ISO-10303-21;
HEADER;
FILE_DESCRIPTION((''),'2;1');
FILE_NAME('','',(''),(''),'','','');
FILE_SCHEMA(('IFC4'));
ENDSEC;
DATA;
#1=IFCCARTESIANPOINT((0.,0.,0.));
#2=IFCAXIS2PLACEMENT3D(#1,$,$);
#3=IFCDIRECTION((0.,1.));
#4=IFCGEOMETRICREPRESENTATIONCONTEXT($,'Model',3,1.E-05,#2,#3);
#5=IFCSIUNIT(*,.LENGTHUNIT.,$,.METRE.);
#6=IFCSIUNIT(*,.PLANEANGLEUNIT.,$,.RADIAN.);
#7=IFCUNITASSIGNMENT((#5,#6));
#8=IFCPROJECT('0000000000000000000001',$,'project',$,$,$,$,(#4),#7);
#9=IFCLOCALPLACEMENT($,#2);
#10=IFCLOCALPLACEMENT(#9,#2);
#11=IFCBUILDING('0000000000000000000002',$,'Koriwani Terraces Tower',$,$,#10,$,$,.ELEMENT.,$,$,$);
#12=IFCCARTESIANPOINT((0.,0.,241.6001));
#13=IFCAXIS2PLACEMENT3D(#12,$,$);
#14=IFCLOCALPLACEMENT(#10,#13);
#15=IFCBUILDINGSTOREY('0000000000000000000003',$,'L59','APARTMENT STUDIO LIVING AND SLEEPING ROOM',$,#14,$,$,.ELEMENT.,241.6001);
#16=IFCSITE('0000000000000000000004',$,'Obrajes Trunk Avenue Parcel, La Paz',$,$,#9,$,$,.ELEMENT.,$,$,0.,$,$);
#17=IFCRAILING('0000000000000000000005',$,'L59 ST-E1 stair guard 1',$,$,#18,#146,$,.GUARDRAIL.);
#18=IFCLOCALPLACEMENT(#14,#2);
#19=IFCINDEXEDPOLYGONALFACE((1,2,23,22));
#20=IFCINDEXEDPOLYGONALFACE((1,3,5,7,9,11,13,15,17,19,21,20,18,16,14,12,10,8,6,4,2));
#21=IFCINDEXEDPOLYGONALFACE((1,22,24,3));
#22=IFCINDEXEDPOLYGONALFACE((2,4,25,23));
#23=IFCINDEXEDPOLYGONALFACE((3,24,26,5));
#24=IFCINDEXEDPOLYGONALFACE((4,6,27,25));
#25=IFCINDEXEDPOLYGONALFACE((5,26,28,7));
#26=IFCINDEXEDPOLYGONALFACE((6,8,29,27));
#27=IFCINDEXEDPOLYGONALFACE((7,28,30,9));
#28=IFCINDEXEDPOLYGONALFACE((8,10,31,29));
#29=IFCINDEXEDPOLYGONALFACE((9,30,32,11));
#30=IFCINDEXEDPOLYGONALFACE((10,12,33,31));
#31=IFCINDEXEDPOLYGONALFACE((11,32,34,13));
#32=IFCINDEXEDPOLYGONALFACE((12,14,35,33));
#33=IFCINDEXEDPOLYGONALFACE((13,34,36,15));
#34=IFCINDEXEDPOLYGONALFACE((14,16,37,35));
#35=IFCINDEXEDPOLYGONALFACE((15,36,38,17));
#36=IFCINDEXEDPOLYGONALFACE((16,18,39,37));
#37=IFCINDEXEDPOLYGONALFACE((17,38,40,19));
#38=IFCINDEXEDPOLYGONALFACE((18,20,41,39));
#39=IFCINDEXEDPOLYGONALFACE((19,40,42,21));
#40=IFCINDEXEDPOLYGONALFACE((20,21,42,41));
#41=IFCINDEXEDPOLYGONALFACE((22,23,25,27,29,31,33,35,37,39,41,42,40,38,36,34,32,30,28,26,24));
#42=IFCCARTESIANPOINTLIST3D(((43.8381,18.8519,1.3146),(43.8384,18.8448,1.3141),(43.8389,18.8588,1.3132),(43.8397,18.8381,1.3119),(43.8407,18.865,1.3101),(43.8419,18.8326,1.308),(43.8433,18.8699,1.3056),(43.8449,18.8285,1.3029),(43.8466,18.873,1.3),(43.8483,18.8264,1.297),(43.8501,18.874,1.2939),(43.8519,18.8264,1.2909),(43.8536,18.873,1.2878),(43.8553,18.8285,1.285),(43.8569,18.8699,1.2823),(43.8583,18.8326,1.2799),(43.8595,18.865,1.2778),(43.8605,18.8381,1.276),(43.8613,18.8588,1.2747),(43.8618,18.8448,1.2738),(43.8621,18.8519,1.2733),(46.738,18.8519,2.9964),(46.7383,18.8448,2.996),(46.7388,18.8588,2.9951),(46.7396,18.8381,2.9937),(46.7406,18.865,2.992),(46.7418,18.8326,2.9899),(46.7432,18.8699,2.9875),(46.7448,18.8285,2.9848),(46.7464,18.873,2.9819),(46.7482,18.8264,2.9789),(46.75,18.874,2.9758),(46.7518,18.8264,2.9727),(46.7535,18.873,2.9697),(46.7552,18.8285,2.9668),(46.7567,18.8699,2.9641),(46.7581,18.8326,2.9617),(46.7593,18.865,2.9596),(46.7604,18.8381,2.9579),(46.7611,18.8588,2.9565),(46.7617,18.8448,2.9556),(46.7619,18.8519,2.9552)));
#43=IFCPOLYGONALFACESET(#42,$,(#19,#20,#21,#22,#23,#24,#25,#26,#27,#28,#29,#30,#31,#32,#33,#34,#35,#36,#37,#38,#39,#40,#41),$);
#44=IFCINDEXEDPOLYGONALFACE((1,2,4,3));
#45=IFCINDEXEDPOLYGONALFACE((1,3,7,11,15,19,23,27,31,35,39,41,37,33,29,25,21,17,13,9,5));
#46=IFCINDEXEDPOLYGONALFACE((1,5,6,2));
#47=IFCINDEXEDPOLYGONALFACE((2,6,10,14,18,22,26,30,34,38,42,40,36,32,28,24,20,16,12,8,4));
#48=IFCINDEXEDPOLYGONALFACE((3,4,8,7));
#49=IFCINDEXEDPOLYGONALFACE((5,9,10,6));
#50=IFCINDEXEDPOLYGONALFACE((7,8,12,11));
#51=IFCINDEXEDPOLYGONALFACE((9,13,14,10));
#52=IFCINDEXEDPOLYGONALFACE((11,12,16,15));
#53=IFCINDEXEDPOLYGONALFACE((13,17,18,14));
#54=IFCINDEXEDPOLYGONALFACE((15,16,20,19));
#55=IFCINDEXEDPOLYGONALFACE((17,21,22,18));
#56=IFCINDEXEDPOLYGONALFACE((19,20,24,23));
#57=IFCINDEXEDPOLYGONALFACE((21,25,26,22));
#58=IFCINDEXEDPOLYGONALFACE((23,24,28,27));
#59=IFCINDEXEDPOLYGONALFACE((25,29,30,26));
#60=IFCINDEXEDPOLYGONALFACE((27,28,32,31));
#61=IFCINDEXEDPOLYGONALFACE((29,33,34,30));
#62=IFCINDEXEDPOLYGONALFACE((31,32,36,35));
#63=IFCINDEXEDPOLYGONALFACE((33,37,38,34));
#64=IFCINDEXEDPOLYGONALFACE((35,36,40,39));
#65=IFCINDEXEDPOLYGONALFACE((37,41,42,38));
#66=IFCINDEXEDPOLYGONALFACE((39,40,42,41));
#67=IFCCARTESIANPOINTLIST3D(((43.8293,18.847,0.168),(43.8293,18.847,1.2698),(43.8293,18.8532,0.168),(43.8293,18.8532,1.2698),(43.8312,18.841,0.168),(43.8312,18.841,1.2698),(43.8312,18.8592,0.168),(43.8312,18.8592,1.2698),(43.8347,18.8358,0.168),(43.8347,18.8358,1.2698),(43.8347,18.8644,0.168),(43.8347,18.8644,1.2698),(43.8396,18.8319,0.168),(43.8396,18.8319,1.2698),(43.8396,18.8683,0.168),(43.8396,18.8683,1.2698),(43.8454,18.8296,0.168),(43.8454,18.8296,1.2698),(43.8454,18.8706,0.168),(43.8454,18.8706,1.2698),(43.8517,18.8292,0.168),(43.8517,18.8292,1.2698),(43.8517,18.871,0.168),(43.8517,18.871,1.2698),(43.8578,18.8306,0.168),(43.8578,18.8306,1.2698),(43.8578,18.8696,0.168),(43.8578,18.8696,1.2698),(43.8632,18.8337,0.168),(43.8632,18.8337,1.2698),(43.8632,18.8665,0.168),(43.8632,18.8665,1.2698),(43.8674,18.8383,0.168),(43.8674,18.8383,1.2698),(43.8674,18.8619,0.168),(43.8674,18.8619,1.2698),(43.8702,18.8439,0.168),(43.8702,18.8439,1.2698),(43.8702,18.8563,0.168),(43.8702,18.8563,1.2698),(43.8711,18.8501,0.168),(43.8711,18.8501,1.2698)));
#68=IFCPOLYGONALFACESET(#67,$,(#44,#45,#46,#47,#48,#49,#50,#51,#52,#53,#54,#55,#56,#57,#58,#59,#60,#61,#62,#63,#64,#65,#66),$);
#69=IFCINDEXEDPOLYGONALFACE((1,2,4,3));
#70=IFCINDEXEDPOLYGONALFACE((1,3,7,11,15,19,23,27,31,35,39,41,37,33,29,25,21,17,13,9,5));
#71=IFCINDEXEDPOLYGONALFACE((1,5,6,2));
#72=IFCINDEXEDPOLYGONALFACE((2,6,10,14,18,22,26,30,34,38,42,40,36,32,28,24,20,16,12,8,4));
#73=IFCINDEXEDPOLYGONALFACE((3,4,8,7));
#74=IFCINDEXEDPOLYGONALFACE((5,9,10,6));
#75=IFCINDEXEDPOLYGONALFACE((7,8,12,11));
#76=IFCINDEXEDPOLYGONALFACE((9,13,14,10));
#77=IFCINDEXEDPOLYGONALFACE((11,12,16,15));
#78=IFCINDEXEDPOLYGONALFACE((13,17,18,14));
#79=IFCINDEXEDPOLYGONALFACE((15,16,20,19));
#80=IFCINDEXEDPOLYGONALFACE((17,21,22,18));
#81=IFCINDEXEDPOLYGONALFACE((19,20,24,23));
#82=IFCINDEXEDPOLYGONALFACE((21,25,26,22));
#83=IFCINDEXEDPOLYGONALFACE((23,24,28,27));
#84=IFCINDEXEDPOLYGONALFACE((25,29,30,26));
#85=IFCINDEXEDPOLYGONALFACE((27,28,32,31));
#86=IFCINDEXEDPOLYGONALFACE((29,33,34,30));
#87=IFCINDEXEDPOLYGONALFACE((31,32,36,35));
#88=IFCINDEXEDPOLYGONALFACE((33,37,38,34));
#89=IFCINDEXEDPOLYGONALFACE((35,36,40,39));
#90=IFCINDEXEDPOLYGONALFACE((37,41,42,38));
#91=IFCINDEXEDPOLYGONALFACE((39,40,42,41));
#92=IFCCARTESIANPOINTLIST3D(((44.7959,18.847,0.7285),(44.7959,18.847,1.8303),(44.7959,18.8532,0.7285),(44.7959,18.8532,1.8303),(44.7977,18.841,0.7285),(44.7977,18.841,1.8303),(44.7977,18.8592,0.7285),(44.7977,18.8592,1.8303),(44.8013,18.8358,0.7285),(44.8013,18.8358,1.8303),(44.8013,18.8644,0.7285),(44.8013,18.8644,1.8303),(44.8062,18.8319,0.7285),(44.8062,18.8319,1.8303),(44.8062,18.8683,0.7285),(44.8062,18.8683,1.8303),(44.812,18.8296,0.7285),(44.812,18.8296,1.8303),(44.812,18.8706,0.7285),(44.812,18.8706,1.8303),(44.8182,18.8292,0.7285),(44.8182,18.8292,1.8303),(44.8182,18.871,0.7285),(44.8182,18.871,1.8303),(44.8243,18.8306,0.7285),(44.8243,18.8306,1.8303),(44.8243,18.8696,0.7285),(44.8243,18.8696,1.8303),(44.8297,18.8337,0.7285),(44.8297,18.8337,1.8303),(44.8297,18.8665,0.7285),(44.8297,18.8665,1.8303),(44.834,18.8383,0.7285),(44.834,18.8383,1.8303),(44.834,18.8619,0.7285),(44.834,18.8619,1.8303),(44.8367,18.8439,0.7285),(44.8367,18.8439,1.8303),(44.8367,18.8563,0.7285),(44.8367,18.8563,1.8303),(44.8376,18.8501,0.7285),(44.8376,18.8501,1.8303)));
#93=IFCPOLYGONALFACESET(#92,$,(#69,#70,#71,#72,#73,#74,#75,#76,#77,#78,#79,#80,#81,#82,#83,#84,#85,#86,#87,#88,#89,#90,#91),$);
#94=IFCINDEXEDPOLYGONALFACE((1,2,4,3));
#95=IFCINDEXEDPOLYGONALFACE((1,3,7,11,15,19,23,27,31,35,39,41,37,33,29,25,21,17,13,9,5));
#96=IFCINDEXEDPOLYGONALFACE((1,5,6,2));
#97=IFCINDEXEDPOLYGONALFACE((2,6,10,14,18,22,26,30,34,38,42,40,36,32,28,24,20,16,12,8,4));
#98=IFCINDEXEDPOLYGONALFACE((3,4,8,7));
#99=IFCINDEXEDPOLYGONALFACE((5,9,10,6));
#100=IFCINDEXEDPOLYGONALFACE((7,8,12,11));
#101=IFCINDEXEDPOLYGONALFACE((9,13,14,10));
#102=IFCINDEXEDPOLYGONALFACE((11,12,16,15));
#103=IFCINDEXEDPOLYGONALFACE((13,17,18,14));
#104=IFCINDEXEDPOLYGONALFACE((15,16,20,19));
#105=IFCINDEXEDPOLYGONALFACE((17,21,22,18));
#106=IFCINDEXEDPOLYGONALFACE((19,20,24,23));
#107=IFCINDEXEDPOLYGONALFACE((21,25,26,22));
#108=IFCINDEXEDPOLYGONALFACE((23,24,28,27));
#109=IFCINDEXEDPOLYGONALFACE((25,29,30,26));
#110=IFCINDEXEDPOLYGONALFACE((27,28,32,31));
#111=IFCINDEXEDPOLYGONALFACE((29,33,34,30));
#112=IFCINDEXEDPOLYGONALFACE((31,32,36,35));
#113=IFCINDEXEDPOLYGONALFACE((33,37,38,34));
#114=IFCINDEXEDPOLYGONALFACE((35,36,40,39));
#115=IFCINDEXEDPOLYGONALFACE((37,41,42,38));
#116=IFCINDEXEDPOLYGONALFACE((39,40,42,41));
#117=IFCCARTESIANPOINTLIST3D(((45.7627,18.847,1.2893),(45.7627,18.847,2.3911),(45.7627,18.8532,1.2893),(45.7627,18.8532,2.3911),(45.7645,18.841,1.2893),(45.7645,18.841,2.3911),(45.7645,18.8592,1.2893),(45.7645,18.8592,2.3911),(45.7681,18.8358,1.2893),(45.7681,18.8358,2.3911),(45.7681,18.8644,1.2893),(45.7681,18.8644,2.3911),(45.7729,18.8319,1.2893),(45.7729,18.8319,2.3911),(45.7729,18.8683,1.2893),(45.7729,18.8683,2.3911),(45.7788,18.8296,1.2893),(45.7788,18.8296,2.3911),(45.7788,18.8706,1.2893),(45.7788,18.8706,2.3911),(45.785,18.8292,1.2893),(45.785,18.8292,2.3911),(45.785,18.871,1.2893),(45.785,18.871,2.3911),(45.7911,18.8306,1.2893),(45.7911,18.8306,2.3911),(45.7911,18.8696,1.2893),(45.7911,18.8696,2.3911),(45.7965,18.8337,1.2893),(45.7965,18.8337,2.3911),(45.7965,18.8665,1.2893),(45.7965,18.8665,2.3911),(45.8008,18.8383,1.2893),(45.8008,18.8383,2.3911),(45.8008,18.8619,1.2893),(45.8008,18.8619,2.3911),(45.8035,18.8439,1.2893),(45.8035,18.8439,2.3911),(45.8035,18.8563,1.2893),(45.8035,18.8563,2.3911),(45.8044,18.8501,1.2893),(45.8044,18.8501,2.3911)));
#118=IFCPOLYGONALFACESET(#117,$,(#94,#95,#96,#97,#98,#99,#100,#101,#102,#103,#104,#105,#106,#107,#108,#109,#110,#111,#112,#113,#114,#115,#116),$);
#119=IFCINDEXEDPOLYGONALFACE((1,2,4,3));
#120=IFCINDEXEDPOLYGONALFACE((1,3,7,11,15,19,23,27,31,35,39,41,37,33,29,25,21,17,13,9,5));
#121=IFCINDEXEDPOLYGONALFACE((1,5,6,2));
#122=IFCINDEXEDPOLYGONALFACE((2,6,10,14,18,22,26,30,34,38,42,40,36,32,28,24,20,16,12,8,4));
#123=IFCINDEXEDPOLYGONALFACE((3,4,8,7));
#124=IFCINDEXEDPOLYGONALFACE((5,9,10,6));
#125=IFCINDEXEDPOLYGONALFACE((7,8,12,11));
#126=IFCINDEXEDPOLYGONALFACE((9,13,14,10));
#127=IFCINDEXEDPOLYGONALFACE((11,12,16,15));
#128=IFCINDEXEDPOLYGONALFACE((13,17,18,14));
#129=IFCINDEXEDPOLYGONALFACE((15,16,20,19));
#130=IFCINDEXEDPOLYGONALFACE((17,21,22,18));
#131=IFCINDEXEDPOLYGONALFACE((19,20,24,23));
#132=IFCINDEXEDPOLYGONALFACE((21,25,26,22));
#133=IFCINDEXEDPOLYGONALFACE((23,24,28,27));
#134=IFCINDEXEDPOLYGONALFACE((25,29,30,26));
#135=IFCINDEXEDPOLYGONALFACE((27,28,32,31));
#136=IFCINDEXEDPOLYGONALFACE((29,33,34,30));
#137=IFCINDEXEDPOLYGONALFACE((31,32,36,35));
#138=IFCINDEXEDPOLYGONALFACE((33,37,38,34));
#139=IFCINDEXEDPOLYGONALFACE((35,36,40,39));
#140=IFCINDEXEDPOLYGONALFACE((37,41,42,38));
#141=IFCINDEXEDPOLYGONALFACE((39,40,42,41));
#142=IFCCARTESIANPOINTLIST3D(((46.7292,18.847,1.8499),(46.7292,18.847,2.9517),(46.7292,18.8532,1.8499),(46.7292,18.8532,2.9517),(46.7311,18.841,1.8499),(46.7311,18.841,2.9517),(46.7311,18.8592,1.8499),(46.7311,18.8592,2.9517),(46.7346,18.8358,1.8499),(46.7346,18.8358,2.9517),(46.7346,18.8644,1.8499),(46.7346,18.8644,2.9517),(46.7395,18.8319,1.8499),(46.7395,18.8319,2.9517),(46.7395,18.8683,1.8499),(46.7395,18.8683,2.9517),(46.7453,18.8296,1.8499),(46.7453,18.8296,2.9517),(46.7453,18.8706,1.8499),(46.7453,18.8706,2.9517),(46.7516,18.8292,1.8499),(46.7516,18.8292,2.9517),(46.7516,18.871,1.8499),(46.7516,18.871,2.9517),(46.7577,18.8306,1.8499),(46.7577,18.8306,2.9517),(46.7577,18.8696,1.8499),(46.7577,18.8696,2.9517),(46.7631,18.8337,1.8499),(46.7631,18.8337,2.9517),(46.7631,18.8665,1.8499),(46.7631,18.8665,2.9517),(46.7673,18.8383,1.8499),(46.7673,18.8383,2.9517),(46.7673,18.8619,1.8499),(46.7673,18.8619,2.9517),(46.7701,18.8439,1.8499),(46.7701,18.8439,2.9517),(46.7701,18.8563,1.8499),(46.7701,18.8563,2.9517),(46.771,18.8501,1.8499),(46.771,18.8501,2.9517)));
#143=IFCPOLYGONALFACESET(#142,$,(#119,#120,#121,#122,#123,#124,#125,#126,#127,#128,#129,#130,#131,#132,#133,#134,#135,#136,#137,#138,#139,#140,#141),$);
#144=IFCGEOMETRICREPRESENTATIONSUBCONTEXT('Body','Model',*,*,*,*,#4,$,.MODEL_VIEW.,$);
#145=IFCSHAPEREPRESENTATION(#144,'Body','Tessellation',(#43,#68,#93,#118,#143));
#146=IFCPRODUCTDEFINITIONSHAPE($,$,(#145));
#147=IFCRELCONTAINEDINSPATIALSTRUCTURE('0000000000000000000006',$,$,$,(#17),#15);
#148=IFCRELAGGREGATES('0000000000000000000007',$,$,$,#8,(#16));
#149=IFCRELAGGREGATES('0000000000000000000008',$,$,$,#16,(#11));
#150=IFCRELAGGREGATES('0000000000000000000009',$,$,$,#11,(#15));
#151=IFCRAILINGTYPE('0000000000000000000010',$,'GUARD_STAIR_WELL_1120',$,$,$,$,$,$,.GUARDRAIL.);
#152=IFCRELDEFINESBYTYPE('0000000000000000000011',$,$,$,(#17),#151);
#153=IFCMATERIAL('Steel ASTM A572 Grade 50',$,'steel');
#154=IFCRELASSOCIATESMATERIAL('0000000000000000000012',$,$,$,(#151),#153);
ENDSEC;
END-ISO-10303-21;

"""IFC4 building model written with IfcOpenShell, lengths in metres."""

from ifc_helpers import new_model, si_unit, direction, frame, origin, origin_2d, place, context, subcontext, project, spatial, circle, extrude, material, type_object, element, save


model = new_model("IFC4")

# Units and contexts
model_context = context("Model", 3, precision=1e-05, world=origin(), true_north=direction((0.0, 1.0)))
body_context = subcontext(model_context, "Body", "Model", "MODEL_VIEW")
ifc_project = project(units=[si_unit("LENGTHUNIT", "METRE"), si_unit("PLANEANGLEUNIT", "RADIAN")], contexts=[model_context])

# Site, building, storey
site_placement = place(None, origin())
site = spatial("IfcSite", under=ifc_project, at=site_placement, Name="Obrajes Trunk Avenue Parcel, La Paz", CompositionType="ELEMENT", RefElevation=0.0)
building_placement = place(site_placement, origin())
building = spatial("IfcBuilding", under=site, at=building_placement, Name="Koriwani Terraces Tower", CompositionType="ELEMENT")
storey_placement = place(building_placement, frame((0.0, 0.0, 241.6001)))
storey = spatial("IfcBuildingStorey", under=building, at=storey_placement, Name="L59", Description="APARTMENT STUDIO LIVING AND SLEEPING ROOM", CompositionType="ELEMENT", Elevation=241.6001)

# Shared definitions
ifc_material_1 = material(Name="Steel ASTM A572 Grade 50", Category="steel")

# Railing
railing_type_1 = type_object("IfcRailingType", Name="GUARD_STAIR_WELL_1120", PredefinedType="GUARDRAIL", material=ifc_material_1)
railing_1_placement = place(storey_placement, frame((43.8501, 18.8501, 0.168)))
element("IfcRailing", 1, at=railing_1_placement, inside=storey, type_object=railing_type_1, Name="L59 ST-E1 stair guard 1", PredefinedType="GUARDRAIL", context=body_context, shape_type="SweptSolid", body=[
    extrude(circle(Radius=0.0239, at=origin_2d()), frame((0.0, 0.0, 1.126), z_axis=(0.865039, 0.0, 0.501705), x_axis=(0.0, 1.0, 0.0)), (0.0, 0.0, 1.0), 3.3523),
    extrude(circle(Radius=0.021, at=origin_2d()), origin(), (0.0, 0.0, 1.0), 1.1018),
    extrude(circle(Radius=0.021, at=origin_2d()), frame((0.9666, 0.0, 0.5605)), (0.0, 0.0, 1.0), 1.1018),
    extrude(circle(Radius=0.021, at=origin_2d()), frame((1.9333, 0.0, 1.1213)), (0.0, 0.0, 1.0), 1.1018),
    extrude(circle(Radius=0.021, at=origin_2d()), frame((2.8999, 0.0, 1.6819)), (0.0, 0.0, 1.0), 1.1018),
])

save(model, "model.ifc")
